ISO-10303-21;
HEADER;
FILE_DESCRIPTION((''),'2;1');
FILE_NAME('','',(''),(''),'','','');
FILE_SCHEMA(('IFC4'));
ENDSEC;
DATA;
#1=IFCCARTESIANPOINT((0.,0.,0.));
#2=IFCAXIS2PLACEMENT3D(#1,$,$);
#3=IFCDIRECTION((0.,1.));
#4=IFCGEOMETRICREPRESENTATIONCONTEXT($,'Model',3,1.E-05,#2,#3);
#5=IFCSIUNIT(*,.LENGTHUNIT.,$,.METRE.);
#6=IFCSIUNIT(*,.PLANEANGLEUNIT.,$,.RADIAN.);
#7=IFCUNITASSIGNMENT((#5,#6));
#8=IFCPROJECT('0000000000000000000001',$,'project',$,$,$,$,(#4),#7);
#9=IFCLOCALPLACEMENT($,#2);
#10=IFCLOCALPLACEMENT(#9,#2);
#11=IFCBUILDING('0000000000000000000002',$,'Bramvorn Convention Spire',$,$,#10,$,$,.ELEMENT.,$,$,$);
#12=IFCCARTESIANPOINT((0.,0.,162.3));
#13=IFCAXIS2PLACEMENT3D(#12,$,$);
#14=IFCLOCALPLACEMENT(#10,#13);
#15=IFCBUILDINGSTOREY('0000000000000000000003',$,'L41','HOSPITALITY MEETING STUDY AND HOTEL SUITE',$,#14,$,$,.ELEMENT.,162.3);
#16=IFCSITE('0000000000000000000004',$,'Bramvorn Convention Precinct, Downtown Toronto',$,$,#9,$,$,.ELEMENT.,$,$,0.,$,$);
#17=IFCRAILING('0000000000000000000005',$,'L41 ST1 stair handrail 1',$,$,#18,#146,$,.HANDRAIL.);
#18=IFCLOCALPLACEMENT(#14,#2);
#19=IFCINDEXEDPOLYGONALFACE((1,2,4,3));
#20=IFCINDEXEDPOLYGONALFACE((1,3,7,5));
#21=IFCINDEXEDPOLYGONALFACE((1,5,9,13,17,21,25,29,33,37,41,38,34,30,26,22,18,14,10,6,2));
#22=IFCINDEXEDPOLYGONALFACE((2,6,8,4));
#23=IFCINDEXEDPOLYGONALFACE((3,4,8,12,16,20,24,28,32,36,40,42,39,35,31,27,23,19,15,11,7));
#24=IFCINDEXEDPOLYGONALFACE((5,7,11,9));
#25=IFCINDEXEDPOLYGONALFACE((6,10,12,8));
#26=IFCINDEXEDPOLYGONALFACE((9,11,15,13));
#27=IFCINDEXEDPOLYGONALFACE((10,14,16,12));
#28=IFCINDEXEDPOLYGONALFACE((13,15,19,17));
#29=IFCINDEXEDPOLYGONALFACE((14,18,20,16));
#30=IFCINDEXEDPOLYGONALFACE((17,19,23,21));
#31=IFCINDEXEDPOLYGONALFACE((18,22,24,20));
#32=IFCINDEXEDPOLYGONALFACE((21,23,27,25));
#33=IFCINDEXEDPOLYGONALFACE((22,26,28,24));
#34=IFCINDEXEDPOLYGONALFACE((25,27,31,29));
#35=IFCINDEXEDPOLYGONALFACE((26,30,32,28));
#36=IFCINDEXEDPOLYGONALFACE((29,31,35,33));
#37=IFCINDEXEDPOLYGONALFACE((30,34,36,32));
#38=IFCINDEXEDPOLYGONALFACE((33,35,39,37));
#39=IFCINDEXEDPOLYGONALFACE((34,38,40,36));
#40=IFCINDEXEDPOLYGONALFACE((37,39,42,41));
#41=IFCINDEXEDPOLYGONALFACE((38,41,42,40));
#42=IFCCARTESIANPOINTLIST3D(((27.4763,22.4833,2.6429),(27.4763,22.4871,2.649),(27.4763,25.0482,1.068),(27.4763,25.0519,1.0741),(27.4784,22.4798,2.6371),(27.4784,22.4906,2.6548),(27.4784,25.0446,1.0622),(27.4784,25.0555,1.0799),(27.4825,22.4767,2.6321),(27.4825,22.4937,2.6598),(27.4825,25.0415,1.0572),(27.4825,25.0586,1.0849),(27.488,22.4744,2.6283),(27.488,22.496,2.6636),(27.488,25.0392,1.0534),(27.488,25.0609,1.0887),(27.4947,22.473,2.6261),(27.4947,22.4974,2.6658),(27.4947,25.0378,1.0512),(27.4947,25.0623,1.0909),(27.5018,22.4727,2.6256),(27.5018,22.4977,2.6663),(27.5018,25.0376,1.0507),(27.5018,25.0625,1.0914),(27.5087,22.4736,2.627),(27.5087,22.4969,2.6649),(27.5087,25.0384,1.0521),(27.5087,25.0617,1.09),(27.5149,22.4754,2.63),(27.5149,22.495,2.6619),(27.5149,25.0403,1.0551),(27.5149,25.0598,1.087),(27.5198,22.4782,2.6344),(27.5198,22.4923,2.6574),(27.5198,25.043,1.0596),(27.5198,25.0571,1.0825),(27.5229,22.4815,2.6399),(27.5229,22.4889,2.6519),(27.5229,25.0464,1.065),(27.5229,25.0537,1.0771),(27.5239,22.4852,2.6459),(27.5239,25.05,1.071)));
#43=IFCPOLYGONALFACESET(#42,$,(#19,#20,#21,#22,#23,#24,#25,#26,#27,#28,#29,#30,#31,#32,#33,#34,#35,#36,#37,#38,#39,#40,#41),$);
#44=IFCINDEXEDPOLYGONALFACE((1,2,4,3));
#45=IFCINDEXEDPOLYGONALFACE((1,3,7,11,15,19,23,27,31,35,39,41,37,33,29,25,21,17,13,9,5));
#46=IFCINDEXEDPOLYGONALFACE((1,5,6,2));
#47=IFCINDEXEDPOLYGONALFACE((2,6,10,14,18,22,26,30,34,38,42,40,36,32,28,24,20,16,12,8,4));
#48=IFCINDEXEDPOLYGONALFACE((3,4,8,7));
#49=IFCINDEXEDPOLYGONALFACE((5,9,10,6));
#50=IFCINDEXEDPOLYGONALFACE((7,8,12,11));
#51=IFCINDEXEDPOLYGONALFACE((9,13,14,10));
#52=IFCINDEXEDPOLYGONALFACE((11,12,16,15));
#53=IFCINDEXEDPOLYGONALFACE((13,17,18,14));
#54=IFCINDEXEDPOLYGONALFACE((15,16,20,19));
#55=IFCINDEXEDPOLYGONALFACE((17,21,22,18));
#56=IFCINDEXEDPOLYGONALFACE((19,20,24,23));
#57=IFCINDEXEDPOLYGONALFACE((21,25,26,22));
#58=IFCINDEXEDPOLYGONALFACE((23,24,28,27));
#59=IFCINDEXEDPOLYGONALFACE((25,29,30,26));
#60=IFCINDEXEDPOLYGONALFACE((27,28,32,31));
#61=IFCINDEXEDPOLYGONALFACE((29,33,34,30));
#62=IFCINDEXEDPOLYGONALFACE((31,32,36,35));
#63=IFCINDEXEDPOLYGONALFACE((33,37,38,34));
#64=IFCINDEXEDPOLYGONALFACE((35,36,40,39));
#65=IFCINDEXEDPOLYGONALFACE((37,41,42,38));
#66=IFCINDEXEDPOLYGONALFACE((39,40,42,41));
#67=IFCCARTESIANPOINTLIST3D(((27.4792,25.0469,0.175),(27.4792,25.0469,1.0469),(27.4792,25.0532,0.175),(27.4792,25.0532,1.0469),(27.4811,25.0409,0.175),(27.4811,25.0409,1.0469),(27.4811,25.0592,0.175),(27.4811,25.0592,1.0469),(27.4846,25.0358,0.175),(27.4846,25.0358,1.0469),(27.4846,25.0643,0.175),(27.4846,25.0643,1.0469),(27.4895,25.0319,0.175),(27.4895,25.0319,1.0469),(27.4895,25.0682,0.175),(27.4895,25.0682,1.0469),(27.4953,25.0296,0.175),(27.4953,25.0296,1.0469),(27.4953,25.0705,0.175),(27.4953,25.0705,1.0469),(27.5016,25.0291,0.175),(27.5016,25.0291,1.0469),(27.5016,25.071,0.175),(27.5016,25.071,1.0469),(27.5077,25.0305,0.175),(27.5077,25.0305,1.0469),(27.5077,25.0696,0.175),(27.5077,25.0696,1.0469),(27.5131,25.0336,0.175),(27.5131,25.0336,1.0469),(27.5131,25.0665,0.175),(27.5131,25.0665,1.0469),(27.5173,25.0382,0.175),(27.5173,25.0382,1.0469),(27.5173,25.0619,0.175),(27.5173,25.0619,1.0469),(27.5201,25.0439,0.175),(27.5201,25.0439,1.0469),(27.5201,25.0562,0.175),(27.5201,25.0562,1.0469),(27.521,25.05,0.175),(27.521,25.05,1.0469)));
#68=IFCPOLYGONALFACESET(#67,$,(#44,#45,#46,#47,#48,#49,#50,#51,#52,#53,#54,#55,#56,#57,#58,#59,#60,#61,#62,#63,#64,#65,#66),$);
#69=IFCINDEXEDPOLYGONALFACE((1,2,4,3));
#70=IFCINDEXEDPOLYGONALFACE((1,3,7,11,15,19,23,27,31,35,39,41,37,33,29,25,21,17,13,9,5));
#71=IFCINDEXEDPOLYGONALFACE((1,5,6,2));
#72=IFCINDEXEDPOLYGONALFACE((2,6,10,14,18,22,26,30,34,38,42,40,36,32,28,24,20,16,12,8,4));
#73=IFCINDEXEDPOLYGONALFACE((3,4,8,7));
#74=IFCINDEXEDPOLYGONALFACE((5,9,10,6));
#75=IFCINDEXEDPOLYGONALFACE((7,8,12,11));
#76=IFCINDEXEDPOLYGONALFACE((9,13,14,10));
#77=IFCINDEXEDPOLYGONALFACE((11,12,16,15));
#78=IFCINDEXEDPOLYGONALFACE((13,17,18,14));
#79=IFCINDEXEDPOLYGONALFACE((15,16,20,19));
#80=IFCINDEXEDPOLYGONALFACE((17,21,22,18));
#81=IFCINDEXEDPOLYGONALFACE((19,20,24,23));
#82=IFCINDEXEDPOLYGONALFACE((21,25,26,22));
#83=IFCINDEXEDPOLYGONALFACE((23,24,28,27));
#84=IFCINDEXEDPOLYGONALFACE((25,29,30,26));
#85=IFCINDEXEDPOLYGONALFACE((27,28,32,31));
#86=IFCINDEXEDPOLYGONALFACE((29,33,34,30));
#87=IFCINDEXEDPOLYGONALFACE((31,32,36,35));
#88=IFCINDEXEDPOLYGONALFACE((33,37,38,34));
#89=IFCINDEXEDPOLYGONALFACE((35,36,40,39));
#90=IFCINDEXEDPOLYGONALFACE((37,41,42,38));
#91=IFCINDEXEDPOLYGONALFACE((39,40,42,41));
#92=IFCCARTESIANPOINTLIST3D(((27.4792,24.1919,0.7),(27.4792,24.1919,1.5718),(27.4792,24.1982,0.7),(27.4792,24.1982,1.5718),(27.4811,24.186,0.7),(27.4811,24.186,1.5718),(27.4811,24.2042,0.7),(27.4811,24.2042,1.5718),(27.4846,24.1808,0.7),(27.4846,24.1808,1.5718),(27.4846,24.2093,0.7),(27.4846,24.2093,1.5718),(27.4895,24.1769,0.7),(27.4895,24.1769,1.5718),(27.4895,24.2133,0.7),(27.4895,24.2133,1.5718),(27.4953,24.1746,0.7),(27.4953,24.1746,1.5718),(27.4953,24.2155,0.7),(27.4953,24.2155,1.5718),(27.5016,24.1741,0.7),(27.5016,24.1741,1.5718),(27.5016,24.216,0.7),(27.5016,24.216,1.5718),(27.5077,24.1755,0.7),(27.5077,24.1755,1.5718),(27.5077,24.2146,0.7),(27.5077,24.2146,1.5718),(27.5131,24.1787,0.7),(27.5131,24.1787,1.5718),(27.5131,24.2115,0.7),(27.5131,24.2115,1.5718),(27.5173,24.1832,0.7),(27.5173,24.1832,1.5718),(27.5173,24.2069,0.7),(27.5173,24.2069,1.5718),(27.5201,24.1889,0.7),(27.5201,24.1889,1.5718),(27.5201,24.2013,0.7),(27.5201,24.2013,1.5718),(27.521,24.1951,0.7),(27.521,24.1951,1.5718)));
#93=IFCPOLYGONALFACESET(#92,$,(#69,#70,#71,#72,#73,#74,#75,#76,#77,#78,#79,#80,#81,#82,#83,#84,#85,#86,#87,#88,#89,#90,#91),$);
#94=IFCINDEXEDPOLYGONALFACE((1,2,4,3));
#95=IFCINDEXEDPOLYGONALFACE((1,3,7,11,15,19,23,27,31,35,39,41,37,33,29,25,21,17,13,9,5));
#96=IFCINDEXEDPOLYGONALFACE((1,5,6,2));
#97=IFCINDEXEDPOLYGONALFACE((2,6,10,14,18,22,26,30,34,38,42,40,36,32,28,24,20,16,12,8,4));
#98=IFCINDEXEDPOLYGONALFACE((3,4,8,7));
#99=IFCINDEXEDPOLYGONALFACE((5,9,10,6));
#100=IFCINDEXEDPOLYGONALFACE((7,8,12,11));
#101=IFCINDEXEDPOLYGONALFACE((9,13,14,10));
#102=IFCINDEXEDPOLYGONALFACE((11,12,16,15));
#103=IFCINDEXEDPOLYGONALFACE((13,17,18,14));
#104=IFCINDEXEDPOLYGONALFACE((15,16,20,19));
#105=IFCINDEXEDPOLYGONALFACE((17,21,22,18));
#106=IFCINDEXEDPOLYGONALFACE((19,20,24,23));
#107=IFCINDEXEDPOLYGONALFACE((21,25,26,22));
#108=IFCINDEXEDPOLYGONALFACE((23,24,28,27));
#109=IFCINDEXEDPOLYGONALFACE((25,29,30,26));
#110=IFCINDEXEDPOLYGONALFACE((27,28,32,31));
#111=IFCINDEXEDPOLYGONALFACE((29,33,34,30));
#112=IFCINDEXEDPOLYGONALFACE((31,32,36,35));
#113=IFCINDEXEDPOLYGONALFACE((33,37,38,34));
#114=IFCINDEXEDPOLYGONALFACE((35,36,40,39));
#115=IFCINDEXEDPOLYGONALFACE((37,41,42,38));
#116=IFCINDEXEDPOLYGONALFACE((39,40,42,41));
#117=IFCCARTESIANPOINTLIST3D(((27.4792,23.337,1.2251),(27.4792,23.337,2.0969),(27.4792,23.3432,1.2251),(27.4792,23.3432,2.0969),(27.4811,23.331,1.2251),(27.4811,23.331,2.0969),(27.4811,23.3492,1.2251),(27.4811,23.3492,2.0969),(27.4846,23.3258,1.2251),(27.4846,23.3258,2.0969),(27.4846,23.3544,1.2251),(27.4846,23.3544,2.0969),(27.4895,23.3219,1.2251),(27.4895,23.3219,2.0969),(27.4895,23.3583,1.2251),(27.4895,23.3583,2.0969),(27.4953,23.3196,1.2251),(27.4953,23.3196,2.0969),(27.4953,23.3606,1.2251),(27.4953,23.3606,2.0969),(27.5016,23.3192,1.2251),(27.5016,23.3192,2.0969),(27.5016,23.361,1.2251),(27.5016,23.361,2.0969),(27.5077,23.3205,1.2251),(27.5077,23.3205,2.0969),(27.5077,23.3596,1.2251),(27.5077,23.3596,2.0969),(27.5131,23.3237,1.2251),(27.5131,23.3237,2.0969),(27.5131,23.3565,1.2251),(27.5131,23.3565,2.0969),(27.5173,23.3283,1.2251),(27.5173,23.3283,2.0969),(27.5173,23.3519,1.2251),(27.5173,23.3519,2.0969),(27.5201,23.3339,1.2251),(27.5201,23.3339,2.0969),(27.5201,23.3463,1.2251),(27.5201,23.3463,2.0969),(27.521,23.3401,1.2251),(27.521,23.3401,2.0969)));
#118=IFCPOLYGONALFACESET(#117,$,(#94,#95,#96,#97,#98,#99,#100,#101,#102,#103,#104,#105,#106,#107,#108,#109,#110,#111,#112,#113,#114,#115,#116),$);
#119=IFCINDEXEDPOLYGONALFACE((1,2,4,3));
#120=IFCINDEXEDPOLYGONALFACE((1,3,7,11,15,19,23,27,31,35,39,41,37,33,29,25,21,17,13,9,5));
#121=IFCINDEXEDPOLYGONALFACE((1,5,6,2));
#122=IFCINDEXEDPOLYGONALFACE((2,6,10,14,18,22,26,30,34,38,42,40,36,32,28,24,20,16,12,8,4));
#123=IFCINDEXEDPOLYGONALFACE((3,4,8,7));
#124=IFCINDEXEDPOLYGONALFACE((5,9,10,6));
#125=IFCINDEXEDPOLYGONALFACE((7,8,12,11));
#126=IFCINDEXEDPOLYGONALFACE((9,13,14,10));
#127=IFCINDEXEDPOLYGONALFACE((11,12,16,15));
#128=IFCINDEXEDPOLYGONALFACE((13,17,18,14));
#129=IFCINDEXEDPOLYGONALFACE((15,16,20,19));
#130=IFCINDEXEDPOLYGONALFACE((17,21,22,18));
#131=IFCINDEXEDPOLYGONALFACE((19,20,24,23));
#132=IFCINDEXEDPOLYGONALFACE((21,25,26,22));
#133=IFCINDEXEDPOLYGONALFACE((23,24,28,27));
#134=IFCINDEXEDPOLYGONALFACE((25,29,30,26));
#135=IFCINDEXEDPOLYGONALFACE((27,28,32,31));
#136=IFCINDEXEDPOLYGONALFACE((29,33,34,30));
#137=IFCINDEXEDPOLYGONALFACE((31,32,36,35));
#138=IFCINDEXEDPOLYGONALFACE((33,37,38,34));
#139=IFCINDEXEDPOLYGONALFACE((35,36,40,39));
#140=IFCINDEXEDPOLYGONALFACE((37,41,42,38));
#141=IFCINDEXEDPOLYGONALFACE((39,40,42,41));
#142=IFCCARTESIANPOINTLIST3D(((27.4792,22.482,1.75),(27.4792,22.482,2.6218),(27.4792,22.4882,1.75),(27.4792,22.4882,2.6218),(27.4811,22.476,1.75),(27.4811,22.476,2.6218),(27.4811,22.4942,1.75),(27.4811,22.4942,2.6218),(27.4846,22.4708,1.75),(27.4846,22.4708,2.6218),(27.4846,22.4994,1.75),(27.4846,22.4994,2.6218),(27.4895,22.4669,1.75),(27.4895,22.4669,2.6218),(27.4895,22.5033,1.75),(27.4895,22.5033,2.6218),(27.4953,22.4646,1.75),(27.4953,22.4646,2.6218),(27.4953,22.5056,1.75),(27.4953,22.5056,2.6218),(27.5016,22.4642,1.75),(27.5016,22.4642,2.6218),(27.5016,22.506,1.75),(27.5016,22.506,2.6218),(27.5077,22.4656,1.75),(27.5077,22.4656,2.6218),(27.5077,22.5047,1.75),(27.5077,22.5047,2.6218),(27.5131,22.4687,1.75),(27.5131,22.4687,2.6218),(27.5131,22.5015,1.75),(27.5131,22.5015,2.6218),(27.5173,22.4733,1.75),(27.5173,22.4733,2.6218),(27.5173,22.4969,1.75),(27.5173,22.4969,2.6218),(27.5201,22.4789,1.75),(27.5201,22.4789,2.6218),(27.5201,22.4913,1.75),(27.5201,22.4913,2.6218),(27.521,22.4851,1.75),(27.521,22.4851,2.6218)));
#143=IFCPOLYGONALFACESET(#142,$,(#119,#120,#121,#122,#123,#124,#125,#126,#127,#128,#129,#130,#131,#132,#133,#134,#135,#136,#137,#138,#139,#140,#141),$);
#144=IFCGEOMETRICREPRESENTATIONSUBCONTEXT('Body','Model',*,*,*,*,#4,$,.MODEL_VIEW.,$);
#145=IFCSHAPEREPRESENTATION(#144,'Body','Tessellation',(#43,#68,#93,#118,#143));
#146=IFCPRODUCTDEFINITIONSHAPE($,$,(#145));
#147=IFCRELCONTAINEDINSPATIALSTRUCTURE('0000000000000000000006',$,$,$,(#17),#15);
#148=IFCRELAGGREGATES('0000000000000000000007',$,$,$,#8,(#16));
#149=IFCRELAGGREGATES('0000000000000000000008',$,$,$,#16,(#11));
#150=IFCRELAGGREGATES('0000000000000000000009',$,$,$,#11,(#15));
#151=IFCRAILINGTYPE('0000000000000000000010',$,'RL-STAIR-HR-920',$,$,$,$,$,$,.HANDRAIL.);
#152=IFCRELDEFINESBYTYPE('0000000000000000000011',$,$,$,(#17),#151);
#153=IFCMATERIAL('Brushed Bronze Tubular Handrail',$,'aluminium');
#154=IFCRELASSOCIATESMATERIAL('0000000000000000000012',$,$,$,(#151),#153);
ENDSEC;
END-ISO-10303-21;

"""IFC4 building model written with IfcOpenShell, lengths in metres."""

from ifc_helpers import new_model, si_unit, direction, frame, origin, origin_2d, place, context, subcontext, project, spatial, circle, extrude, material, type_object, element, save


model = new_model("IFC4")

# Units and contexts
model_context = context("Model", 3, precision=1e-05, world=origin(), true_north=direction((0.0, 1.0)))
body_context = subcontext(model_context, "Body", "Model", "MODEL_VIEW")
ifc_project = project(units=[si_unit("LENGTHUNIT", "METRE"), si_unit("PLANEANGLEUNIT", "RADIAN")], contexts=[model_context])

# Site, building, storey
site_placement = place(None, origin())
site = spatial("IfcSite", under=ifc_project, at=site_placement, Name="Bramvorn Convention Precinct, Downtown Toronto", CompositionType="ELEMENT", RefElevation=0.0)
building_placement = place(site_placement, origin())
building = spatial("IfcBuilding", under=site, at=building_placement, Name="Bramvorn Convention Spire", CompositionType="ELEMENT")
storey_placement = place(building_placement, frame((0.0, 0.0, 162.3)))
storey = spatial("IfcBuildingStorey", under=building, at=storey_placement, Name="L41", Description="HOSPITALITY MEETING STUDY AND HOTEL SUITE", CompositionType="ELEMENT", Elevation=162.3)

# Railing
ifc_material_1 = material(Name="Brushed Bronze Tubular Handrail", Category="aluminium")
railing_type_1 = type_object("IfcRailingType", Name="RL-STAIR-HR-920", PredefinedType="HANDRAIL", material=ifc_material_1)
railing_1_placement = place(storey_placement, frame((27.5, 25.05, 0.175)))
element("IfcRailing", 1, at=railing_1_placement, inside=storey, type_object=railing_type_1, Name="L41 ST1 stair handrail 1", PredefinedType="HANDRAIL", context=body_context, shape_type="SweptSolid", body=[
    extrude(circle(Radius=0.0239, at=origin_2d()), frame((0.0, 0.0, 0.896), z_axis=(0.0, -0.852173, 0.52326), x_axis=(1.0, 0.0, 0.0)), (0.0, 0.0, 1.0), 3.0098),
    extrude(circle(Radius=0.021, at=origin_2d()), origin(), (0.0, 0.0, 1.0), 0.8718),
    extrude(circle(Radius=0.021, at=origin_2d()), frame((0.0, -0.855, 0.5249)), (0.0, 0.0, 1.0), 0.8718),
    extrude(circle(Radius=0.021, at=origin_2d()), frame((0.0, -1.71, 1.05)), (0.0, 0.0, 1.0), 0.8718),
    extrude(circle(Radius=0.021, at=origin_2d()), frame((0.0, -2.5649, 1.575)), (0.0, 0.0, 1.0), 0.8718),
])

save(model, "model.ifc")
